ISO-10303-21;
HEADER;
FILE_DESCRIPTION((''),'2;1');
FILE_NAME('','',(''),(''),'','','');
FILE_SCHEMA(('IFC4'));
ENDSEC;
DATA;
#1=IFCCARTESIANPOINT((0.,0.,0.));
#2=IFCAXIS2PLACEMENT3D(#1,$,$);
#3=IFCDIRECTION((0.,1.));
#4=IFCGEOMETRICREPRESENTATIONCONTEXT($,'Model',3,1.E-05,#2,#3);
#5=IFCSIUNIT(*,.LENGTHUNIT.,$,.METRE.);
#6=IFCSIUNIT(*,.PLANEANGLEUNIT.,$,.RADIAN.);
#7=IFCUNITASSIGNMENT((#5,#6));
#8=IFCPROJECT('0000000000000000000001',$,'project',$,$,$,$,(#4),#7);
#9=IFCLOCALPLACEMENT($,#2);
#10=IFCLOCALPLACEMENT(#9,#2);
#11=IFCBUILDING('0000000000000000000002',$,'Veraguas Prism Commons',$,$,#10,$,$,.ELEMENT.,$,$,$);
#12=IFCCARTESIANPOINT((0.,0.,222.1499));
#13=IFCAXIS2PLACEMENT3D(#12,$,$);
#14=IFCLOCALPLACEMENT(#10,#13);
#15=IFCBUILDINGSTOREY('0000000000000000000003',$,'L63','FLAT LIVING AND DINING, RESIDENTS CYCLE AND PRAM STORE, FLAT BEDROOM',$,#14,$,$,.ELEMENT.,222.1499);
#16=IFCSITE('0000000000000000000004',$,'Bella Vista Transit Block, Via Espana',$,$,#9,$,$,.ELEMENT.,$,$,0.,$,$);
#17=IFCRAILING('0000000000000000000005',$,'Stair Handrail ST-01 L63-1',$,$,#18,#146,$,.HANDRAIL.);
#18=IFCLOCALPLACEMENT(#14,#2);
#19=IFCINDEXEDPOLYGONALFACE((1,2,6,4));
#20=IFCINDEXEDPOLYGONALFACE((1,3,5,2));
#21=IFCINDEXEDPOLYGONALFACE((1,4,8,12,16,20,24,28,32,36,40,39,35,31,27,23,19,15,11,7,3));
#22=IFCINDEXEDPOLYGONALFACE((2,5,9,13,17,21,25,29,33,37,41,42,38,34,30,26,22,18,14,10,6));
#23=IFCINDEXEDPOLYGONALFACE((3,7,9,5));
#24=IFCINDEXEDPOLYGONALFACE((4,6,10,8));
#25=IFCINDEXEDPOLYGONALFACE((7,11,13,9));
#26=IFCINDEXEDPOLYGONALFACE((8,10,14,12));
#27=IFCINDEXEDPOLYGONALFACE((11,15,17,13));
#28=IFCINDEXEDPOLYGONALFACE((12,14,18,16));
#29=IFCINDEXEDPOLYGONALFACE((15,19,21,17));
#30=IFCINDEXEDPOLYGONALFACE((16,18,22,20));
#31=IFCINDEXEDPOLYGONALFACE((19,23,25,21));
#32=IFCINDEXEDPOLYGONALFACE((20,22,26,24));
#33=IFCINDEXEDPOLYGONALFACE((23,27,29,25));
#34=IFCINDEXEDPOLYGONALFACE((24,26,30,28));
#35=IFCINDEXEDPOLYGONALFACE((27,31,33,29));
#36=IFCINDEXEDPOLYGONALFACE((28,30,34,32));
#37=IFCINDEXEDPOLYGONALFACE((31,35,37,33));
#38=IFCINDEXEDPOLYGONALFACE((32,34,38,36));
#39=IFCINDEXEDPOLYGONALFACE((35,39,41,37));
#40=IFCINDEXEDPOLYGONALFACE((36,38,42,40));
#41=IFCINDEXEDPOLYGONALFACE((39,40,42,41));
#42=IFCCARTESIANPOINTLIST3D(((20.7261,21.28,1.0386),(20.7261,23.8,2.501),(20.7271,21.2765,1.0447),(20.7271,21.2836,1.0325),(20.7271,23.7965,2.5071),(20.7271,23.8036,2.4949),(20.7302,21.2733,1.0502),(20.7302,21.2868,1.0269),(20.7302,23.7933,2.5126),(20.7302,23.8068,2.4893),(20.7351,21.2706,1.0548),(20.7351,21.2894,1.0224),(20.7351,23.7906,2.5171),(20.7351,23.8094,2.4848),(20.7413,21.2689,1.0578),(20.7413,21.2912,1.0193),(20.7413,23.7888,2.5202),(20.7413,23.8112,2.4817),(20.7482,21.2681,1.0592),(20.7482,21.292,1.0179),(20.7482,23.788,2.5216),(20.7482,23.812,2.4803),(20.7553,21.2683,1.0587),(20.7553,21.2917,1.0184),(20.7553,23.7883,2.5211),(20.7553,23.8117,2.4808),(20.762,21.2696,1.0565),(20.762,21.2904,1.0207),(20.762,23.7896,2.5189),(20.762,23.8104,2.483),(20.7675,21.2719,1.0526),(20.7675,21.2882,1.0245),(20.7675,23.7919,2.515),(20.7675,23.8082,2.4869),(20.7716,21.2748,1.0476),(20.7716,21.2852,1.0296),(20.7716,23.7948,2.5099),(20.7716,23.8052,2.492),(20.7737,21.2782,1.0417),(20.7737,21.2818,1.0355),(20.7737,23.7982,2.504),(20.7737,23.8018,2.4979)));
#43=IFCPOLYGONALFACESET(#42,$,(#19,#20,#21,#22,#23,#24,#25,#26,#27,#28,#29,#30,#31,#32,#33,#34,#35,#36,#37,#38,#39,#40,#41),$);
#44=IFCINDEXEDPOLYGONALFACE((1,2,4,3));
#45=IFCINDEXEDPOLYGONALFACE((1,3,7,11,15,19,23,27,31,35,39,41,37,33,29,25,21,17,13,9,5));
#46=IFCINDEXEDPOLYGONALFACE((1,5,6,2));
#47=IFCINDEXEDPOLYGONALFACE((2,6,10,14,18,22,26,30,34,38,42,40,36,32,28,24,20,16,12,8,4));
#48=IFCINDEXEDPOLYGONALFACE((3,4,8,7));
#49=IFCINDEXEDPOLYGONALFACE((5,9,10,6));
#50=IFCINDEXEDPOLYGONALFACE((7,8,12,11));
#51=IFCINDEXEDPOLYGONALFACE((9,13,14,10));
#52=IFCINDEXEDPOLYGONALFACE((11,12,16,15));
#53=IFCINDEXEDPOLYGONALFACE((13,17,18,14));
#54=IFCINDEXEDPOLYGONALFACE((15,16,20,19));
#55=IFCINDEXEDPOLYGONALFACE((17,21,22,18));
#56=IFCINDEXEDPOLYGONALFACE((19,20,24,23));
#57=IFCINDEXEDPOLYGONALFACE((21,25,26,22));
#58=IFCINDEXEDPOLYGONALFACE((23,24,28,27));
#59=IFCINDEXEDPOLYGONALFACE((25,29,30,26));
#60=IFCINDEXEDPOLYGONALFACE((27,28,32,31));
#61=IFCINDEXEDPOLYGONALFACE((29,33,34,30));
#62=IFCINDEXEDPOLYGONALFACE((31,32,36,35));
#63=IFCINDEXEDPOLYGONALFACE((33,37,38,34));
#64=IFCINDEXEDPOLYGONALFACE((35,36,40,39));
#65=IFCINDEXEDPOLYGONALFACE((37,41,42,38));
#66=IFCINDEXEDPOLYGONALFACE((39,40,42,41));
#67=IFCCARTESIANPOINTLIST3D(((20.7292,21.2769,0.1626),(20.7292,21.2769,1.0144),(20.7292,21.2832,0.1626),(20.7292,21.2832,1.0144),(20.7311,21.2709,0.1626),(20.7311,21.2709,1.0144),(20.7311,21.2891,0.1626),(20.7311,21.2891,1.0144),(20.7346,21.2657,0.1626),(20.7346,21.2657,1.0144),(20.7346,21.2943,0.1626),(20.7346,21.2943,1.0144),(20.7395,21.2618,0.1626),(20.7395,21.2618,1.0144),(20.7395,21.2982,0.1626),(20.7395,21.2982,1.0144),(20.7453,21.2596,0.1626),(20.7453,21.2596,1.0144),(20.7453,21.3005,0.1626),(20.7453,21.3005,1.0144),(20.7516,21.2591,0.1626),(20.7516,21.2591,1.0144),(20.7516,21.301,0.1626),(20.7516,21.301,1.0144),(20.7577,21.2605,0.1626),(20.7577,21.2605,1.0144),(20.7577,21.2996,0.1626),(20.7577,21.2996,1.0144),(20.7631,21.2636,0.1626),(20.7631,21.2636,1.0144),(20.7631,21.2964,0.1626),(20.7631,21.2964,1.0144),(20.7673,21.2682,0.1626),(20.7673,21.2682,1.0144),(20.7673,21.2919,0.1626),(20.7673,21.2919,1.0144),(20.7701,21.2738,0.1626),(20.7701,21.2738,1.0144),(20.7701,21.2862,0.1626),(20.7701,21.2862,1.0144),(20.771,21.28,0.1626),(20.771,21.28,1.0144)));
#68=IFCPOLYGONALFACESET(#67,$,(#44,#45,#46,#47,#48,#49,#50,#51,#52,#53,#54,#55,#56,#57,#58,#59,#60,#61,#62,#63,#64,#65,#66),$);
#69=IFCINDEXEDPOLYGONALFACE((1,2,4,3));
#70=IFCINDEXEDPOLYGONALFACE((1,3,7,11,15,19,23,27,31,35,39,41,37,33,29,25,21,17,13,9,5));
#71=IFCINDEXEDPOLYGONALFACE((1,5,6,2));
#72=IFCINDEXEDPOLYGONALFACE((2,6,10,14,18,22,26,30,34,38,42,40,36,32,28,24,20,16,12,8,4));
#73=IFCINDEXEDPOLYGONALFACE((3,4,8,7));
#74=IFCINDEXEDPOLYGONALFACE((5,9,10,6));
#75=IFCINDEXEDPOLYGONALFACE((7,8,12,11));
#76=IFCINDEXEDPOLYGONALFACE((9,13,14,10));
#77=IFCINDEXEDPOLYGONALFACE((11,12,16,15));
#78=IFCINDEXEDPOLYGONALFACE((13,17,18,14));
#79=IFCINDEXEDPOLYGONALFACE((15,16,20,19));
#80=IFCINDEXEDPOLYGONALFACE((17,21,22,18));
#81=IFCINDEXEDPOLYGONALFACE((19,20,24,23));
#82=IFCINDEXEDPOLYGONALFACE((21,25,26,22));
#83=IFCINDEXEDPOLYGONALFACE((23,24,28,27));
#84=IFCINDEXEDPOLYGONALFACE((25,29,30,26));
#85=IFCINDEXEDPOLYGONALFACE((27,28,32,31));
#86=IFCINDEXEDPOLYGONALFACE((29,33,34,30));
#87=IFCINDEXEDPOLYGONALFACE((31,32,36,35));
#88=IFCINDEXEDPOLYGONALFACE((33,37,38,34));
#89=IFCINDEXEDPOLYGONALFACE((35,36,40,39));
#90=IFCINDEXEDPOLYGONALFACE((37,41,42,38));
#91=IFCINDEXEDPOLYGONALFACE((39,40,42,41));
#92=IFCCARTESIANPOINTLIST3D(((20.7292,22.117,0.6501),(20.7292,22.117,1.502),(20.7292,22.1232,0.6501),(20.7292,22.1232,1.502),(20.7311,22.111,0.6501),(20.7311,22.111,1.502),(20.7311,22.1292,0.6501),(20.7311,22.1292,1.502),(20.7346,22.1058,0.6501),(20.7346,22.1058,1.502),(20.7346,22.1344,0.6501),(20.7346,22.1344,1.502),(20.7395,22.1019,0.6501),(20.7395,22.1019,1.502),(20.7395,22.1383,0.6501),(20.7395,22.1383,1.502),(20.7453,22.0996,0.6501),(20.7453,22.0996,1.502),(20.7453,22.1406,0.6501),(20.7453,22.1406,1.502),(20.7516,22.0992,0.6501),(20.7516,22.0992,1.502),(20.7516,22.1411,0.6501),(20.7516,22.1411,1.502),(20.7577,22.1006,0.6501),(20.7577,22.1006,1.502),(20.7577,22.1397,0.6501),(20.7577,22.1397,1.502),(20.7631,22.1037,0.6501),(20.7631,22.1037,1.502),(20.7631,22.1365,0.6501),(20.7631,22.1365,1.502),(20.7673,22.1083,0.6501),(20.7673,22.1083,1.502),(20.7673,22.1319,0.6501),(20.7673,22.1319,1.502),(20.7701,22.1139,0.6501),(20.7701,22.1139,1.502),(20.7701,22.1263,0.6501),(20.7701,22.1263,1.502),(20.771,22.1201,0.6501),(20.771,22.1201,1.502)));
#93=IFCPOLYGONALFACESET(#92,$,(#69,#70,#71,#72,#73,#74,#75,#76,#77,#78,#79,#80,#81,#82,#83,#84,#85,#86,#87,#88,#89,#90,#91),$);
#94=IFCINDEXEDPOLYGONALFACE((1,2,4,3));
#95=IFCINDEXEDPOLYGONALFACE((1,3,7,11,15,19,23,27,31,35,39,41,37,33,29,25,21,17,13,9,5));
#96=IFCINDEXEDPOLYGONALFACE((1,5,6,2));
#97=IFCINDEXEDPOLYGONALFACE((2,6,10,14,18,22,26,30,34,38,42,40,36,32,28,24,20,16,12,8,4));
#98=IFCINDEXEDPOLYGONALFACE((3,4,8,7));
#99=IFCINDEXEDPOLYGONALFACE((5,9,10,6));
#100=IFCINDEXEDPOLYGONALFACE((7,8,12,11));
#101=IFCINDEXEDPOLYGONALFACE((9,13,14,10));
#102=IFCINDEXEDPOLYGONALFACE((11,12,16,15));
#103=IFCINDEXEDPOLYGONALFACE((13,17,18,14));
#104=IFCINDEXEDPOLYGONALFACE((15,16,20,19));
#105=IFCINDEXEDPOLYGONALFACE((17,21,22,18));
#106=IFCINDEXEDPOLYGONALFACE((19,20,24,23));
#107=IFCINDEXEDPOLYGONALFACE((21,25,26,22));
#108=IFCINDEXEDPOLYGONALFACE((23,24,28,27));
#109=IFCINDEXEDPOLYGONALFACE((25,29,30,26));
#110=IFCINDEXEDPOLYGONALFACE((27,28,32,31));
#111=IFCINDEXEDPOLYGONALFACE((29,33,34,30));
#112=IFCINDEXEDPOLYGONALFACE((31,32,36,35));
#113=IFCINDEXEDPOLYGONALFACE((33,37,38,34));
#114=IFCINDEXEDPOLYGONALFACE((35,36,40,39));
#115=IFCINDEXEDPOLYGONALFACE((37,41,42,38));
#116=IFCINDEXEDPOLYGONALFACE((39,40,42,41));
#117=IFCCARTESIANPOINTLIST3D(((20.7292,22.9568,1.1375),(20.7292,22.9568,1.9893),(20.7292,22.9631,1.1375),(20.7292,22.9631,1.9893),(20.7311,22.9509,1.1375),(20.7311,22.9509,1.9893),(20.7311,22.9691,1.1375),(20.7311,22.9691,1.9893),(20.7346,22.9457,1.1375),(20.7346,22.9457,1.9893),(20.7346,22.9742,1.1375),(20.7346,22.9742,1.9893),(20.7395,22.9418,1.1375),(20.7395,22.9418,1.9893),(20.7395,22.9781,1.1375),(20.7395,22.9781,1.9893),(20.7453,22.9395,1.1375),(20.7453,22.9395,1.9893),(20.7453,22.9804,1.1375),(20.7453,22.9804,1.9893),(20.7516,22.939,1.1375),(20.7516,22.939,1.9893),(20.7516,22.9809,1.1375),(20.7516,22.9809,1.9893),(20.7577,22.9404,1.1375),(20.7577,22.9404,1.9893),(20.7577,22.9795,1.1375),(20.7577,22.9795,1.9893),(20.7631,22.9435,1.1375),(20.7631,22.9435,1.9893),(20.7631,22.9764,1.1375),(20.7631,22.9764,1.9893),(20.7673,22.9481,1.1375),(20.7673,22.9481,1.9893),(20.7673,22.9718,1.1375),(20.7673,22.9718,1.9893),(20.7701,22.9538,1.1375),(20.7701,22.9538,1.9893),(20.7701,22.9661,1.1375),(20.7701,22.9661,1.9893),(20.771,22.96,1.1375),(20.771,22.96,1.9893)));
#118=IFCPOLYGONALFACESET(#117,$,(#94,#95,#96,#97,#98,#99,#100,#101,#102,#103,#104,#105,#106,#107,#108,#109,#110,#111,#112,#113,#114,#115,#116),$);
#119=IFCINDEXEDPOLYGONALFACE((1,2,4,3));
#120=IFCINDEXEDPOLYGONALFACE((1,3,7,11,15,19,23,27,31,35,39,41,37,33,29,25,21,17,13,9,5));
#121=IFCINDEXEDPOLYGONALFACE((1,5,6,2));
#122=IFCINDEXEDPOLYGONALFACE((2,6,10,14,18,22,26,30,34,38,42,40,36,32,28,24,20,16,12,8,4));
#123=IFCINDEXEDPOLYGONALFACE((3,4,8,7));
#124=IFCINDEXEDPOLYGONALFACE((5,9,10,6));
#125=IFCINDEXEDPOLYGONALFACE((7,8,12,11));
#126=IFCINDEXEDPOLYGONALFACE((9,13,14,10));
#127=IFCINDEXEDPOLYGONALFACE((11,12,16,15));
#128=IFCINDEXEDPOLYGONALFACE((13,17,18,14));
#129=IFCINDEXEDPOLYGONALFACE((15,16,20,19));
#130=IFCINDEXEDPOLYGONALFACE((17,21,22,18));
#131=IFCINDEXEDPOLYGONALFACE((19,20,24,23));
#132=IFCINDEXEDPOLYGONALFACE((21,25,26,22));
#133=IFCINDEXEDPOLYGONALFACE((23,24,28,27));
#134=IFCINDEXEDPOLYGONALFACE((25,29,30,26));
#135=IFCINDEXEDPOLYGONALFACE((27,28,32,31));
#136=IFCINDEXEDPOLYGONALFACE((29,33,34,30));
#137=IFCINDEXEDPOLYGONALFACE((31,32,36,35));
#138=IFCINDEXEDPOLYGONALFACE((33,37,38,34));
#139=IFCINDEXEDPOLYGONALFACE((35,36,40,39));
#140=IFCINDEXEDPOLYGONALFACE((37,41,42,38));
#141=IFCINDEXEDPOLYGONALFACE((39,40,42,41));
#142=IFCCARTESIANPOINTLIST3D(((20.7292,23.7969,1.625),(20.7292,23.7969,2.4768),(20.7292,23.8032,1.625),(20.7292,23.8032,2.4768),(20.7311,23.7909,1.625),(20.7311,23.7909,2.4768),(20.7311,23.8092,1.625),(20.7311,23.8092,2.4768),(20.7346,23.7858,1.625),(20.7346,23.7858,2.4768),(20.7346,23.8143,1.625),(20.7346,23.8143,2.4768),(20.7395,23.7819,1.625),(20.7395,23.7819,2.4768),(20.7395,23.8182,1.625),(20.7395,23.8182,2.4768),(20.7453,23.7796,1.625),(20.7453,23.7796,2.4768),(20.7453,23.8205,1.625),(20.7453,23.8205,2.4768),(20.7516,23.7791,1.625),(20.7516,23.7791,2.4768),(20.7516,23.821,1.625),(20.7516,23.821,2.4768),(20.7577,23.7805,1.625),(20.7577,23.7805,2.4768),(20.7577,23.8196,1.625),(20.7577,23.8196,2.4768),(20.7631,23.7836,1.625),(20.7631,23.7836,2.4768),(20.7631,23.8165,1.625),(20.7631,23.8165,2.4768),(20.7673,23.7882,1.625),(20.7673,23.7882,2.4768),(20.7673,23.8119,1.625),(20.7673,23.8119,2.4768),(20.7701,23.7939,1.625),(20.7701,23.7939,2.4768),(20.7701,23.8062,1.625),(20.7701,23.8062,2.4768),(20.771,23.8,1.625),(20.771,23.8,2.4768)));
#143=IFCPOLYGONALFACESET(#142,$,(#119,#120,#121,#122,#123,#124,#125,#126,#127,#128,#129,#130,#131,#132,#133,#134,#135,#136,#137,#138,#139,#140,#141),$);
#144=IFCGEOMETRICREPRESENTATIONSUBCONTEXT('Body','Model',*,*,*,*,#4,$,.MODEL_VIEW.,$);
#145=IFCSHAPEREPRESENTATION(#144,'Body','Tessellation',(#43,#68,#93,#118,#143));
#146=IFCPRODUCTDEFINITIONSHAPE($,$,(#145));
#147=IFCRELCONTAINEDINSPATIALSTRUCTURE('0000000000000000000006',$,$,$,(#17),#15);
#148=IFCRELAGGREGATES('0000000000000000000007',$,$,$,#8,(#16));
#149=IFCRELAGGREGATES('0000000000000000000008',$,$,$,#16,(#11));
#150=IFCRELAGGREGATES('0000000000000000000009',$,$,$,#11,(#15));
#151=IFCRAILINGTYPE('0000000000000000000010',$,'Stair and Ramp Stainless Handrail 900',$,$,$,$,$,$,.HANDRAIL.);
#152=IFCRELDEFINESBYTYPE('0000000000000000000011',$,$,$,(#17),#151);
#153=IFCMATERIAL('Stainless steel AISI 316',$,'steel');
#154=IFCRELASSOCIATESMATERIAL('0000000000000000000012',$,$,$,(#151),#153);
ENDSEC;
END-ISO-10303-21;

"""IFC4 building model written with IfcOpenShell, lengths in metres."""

from ifc_helpers import new_model, si_unit, direction, frame, origin, origin_2d, place, context, subcontext, project, spatial, circle, extrude, material, type_object, element, save


model = new_model("IFC4")

# Units and contexts
model_context = context("Model", 3, precision=1e-05, world=origin(), true_north=direction((0.0, 1.0)))
body_context = subcontext(model_context, "Body", "Model", "MODEL_VIEW")
ifc_project = project(units=[si_unit("LENGTHUNIT", "METRE"), si_unit("PLANEANGLEUNIT", "RADIAN")], contexts=[model_context])

# Site, building, storey
site_placement = place(None, origin())
site = spatial("IfcSite", under=ifc_project, at=site_placement, Name="Bella Vista Transit Block, Via Espana", CompositionType="ELEMENT", RefElevation=0.0)
building_placement = place(site_placement, origin())
building = spatial("IfcBuilding", under=site, at=building_placement, Name="Veraguas Prism Commons", CompositionType="ELEMENT")
storey_placement = place(building_placement, frame((0.0, 0.0, 222.1499)))
storey = spatial("IfcBuildingStorey", under=building, at=storey_placement, Name="L63", Description="FLAT LIVING AND DINING, RESIDENTS CYCLE AND PRAM STORE, FLAT BEDROOM", CompositionType="ELEMENT", Elevation=222.1499)

# Shared definitions
ifc_material_1 = material(Name="Stainless steel AISI 316", Category="steel")

# Railing
railing_type_1 = type_object("IfcRailingType", Name="Stair and Ramp Stainless Handrail 900", PredefinedType="HANDRAIL", material=ifc_material_1)
railing_1_placement = place(storey_placement, frame((20.75, 21.28, 0.1626)))
element("IfcRailing", 1, at=railing_1_placement, inside=storey, type_object=railing_type_1, Name="Stair Handrail ST-01 L63-1", PredefinedType="HANDRAIL", context=body_context, shape_type="SweptSolid", body=[
    extrude(circle(Radius=0.0239, at=origin_2d()), frame((0.0, 0.0, 0.876), z_axis=(0.0, 0.864913, 0.501921), x_axis=(-1.0, 0.0, 0.0)), (0.0, 0.0, 1.0), 2.9136),
    extrude(circle(Radius=0.021, at=origin_2d()), origin(), (0.0, 0.0, 1.0), 0.8518),
    extrude(circle(Radius=0.021, at=origin_2d()), frame((0.0, 0.8401, 0.4875)), (0.0, 0.0, 1.0), 0.8518),
    extrude(circle(Radius=0.021, at=origin_2d()), frame((0.0, 1.6799, 0.9749)), (0.0, 0.0, 1.0), 0.8518),
    extrude(circle(Radius=0.021, at=origin_2d()), frame((0.0, 2.52, 1.4624)), (0.0, 0.0, 1.0), 0.8518),
])

save(model, "model.ifc")
